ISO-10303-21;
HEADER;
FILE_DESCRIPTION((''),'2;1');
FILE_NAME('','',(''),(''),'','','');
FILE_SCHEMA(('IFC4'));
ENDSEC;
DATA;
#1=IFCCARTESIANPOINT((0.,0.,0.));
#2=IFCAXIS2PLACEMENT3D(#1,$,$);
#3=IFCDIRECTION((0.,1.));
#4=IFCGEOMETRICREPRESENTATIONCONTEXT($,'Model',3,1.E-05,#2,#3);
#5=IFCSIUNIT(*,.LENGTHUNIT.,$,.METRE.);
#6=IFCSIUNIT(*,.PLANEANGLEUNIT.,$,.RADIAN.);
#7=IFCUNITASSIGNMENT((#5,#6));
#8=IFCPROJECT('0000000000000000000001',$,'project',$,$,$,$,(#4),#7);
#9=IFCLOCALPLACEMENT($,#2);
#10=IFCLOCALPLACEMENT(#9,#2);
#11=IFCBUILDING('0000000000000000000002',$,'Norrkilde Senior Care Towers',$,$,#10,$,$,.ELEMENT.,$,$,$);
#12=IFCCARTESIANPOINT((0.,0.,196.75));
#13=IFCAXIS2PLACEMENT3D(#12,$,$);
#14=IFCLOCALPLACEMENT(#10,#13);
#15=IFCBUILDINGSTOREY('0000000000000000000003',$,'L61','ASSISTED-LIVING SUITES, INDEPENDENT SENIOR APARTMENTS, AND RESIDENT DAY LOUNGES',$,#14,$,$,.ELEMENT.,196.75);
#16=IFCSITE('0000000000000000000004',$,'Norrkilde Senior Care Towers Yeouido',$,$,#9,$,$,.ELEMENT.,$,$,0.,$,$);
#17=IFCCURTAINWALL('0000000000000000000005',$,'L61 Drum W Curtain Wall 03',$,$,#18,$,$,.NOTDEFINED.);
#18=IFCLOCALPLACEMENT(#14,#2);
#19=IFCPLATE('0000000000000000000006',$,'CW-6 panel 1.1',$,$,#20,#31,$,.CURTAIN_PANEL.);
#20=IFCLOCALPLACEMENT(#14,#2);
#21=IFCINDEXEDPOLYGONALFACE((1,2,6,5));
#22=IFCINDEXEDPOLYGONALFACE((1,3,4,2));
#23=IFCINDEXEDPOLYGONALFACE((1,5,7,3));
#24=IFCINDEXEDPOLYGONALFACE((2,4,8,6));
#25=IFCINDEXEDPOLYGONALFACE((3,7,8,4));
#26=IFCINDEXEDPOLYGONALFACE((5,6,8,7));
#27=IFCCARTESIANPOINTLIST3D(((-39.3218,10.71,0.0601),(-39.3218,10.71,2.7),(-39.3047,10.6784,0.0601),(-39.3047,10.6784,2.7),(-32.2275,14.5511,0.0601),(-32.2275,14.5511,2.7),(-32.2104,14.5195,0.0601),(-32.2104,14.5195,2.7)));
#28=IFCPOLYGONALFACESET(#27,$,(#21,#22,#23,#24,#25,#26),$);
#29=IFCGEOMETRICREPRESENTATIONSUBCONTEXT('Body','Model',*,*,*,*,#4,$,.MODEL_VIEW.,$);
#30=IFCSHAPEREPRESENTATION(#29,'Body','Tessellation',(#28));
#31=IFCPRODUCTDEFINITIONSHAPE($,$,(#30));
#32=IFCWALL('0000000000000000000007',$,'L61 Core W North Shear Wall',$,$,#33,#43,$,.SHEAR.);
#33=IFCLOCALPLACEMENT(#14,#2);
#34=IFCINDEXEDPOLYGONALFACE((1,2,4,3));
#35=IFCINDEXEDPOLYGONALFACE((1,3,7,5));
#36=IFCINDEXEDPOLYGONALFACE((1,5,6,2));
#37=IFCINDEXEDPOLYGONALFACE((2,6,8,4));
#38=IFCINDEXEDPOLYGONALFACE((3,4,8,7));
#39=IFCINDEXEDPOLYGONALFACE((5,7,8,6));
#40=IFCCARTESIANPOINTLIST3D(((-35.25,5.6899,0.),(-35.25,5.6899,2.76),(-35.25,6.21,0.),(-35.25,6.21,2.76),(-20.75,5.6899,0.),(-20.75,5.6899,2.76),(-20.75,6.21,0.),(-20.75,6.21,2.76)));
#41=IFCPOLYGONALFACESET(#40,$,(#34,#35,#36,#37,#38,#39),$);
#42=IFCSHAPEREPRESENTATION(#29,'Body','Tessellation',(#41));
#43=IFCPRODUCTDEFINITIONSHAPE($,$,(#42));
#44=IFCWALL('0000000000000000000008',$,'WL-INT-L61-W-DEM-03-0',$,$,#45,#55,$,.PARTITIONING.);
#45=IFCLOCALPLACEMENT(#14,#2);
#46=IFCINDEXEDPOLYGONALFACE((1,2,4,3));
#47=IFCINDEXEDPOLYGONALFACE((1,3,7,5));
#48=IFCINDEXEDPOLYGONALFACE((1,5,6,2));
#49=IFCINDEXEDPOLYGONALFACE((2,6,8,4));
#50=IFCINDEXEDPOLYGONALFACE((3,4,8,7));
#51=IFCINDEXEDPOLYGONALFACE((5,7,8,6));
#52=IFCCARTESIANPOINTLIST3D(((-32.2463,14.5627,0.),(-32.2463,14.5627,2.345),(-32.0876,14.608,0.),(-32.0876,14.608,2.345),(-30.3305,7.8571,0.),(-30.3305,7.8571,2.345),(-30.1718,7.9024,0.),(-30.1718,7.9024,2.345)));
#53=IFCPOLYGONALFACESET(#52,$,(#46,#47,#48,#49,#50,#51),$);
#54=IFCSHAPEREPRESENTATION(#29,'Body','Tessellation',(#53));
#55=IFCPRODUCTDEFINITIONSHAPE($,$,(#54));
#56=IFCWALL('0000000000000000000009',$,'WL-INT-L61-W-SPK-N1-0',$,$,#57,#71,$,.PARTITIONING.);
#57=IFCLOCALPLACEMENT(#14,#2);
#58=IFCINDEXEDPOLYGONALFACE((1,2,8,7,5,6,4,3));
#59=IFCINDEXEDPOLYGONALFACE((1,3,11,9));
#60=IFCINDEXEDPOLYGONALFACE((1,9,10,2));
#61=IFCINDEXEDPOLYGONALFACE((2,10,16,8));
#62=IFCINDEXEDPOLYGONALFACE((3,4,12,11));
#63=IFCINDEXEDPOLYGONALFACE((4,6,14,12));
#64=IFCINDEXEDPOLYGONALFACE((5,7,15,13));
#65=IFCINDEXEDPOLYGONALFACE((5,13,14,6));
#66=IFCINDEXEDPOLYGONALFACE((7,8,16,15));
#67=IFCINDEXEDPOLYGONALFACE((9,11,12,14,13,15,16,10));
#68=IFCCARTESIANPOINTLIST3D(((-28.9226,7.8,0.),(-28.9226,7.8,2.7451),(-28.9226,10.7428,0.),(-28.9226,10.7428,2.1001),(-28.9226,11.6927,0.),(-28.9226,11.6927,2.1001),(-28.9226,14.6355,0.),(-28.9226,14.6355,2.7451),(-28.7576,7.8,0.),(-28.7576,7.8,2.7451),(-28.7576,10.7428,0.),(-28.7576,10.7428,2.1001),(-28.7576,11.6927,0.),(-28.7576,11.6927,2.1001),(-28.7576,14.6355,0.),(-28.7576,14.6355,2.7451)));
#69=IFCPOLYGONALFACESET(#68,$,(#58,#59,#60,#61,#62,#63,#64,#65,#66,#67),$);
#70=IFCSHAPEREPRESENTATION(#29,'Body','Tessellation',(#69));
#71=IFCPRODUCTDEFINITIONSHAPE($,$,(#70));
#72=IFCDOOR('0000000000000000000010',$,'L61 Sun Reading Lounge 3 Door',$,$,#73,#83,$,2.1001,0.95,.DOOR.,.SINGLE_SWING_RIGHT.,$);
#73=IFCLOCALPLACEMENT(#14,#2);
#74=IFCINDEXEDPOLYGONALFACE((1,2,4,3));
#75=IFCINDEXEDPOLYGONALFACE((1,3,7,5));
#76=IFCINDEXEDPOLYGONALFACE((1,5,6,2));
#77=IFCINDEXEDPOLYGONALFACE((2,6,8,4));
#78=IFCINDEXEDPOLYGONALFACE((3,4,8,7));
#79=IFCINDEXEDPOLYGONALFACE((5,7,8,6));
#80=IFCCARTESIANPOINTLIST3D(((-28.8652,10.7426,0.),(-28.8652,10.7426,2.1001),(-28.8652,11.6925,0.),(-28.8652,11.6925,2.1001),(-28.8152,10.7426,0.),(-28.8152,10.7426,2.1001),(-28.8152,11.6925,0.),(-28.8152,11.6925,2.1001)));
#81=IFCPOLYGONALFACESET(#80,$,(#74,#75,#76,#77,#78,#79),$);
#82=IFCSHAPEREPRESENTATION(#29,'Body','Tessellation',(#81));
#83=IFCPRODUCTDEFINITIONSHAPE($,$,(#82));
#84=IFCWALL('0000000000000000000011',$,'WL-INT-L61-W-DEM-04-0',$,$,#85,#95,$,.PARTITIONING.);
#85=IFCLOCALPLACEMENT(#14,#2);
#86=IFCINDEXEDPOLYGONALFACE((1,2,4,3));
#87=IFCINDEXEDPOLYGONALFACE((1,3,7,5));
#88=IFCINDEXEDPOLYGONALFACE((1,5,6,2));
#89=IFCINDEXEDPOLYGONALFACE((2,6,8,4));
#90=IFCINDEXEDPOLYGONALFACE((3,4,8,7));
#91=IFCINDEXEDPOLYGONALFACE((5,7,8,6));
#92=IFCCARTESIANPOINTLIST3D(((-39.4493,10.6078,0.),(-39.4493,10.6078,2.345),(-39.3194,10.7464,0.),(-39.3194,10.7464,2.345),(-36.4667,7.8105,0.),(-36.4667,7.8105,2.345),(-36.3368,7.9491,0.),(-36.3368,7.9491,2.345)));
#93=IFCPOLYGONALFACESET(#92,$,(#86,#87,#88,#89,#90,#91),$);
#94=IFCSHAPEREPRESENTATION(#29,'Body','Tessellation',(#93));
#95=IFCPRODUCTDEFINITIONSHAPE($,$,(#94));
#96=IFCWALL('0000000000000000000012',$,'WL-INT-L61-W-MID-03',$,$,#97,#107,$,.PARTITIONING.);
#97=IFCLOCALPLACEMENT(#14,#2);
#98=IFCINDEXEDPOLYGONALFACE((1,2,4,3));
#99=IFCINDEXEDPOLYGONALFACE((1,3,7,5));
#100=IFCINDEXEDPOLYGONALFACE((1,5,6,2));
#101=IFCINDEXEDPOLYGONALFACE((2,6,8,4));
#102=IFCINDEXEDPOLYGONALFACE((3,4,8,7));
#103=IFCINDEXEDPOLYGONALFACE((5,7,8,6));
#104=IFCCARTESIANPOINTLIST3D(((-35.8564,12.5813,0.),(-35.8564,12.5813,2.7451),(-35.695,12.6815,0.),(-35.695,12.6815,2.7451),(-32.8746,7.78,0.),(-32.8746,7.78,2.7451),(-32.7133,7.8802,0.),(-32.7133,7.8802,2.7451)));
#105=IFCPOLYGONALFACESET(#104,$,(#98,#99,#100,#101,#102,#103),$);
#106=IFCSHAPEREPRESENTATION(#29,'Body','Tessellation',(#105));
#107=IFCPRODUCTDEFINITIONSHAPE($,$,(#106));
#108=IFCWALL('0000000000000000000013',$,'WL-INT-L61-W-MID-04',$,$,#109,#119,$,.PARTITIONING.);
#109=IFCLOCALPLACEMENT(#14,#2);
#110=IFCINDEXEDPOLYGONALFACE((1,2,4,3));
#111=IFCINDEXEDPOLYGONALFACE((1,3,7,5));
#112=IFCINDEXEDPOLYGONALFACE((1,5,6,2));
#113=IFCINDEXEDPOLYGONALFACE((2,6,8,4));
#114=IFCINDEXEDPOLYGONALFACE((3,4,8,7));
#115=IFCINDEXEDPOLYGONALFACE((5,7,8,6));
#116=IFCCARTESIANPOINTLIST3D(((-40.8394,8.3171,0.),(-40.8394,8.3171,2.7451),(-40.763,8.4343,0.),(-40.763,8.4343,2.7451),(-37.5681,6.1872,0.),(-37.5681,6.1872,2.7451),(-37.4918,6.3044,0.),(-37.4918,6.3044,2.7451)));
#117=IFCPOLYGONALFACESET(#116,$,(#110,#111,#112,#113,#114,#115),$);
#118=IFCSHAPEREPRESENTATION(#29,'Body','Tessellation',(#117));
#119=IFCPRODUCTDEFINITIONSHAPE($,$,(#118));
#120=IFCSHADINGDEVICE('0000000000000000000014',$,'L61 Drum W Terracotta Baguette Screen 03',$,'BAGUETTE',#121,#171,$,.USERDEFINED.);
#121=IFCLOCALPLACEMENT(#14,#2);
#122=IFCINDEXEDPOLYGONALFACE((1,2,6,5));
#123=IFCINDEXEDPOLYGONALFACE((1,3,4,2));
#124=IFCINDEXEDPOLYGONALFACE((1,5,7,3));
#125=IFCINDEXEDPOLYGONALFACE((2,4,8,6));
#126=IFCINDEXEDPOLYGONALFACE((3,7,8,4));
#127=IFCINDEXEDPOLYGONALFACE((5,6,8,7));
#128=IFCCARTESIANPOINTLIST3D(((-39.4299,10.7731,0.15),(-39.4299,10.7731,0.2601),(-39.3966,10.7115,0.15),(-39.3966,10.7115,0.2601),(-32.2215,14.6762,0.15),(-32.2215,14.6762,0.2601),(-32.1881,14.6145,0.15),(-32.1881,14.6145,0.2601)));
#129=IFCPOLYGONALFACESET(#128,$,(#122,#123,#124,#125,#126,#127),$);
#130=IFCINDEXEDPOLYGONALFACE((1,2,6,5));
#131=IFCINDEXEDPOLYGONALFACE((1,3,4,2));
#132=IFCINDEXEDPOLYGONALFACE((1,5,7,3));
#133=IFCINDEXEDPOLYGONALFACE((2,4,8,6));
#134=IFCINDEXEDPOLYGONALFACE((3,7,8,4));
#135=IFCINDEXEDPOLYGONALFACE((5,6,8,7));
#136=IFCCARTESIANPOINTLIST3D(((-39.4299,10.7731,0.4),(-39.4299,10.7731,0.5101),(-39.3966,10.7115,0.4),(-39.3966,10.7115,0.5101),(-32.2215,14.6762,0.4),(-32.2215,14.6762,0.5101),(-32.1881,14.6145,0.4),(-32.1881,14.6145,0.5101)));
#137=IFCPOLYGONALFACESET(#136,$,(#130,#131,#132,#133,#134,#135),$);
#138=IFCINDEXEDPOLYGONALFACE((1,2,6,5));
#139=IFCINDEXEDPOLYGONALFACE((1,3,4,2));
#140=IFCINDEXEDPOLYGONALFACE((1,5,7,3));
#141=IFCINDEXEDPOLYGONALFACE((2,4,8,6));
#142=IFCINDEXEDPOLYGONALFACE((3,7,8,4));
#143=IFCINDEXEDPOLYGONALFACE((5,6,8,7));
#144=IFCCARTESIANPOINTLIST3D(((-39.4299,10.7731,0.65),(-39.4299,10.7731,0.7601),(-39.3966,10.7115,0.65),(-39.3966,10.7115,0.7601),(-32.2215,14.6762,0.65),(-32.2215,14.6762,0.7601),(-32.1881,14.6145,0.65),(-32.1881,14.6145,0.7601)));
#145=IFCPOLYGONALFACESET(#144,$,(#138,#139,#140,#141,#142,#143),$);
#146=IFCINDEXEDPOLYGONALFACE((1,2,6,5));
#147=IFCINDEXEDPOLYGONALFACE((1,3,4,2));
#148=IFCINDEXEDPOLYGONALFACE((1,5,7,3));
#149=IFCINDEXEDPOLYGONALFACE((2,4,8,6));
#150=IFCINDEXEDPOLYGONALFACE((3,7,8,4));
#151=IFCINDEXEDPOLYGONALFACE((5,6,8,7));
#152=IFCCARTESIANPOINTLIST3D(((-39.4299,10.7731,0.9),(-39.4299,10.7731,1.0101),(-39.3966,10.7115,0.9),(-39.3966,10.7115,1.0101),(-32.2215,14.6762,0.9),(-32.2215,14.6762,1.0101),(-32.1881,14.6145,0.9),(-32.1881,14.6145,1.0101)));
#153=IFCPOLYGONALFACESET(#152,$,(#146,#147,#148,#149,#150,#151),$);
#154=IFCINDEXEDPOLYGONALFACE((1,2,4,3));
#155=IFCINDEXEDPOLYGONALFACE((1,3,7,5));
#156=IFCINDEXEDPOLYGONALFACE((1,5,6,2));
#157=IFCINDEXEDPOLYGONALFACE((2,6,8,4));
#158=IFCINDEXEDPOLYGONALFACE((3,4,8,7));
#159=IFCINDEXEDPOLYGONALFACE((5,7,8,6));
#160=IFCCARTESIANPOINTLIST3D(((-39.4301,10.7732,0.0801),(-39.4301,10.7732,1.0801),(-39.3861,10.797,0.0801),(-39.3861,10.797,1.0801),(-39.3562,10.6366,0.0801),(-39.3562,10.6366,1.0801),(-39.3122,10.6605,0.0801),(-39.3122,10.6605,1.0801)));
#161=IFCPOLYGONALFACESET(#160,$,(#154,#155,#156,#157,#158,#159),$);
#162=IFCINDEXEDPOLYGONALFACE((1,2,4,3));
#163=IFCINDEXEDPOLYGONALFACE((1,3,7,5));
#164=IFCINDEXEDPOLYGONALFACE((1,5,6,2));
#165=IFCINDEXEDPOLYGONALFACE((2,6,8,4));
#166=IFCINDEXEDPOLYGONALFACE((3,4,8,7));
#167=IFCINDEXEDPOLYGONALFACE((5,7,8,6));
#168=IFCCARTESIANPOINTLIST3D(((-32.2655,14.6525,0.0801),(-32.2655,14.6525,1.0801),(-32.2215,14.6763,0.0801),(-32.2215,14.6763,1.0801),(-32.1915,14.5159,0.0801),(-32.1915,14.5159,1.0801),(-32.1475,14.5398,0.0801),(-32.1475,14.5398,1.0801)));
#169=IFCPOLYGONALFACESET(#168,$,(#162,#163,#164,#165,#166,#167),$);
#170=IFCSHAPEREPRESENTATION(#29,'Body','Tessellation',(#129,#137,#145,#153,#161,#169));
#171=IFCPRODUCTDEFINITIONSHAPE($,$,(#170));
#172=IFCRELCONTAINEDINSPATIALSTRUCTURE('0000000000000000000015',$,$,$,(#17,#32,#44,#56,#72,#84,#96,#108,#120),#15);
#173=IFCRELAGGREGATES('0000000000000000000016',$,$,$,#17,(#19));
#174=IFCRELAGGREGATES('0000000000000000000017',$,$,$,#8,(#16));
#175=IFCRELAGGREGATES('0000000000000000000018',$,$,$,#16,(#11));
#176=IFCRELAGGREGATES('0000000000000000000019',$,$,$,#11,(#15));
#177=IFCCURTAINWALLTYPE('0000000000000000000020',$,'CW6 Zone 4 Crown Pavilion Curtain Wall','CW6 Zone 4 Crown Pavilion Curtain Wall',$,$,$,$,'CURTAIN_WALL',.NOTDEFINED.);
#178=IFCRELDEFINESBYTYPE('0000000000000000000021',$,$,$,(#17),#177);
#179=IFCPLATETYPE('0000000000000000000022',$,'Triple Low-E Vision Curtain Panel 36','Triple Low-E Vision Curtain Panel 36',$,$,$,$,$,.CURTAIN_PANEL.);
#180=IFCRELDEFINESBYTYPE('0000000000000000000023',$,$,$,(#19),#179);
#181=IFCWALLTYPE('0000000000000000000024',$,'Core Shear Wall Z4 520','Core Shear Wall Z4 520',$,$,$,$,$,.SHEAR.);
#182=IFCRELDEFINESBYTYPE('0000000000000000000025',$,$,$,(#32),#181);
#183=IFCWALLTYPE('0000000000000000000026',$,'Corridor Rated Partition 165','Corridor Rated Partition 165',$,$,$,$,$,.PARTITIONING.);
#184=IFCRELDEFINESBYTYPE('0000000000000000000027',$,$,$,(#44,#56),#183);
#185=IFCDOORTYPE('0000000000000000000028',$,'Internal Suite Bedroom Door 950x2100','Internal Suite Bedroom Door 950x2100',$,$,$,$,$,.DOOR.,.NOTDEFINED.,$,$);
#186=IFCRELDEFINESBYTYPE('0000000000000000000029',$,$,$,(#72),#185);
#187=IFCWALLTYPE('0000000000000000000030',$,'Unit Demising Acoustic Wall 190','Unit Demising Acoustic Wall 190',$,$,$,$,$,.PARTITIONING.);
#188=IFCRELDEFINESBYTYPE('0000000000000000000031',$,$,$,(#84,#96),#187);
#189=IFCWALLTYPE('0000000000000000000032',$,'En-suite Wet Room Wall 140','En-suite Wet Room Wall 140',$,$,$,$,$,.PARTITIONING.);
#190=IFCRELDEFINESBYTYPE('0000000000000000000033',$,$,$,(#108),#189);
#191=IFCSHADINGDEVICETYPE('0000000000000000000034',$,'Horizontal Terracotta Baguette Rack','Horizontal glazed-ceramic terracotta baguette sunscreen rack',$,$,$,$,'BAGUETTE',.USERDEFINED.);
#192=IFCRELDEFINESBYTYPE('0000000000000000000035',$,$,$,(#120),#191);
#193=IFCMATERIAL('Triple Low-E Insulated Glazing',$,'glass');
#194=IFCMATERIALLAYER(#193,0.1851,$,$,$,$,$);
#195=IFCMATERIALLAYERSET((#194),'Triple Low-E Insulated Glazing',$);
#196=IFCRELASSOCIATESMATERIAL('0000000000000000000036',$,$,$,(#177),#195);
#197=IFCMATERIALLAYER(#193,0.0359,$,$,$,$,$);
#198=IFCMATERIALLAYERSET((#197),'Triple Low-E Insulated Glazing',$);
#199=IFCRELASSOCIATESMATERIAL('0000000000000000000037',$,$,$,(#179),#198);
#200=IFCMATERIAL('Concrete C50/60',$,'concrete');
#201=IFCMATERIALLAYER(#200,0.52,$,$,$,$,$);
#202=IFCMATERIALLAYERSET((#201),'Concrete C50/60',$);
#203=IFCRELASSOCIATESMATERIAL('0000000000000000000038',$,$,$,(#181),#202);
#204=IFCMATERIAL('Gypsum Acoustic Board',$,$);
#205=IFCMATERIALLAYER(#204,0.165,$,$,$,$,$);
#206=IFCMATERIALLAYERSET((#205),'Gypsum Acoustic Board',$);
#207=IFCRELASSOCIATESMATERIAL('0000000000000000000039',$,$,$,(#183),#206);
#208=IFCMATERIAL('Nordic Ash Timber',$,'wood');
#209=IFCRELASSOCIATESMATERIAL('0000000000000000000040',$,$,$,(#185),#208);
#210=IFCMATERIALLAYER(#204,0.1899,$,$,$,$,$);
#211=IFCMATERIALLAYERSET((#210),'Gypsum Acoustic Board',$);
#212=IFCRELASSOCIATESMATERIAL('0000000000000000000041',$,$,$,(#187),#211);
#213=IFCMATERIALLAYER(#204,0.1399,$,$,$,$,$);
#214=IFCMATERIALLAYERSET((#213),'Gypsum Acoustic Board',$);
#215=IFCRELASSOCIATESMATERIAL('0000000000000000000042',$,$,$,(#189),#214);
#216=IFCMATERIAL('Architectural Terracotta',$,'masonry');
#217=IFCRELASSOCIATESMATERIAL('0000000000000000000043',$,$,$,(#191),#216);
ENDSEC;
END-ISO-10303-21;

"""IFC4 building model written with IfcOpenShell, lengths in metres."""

from ifc_helpers import new_model, si_unit, direction, frame, frame_2d, origin, origin_2d, place, context, subcontext, project, spatial, rectangle, extrude, source, transform, mapped, material, layer, layer_set, type_object, type_shapes, element, fill, aggregate, save


model = new_model("IFC4")

# Units and contexts
model_context = context("Model", 3, precision=1e-05, world=origin(), true_north=direction((0.0, 1.0)))
body_context = subcontext(model_context, "Body", "Model", "MODEL_VIEW")
ifc_project = project(units=[si_unit("LENGTHUNIT", "METRE"), si_unit("PLANEANGLEUNIT", "RADIAN")], contexts=[model_context])

# Site, building, storey
site_placement = place(None, origin())
site = spatial("IfcSite", under=ifc_project, at=site_placement, Name="Norrkilde Senior Care Towers Yeouido", CompositionType="ELEMENT", RefElevation=0.0)
building_placement = place(site_placement, origin())
building = spatial("IfcBuilding", under=site, at=building_placement, Name="Norrkilde Senior Care Towers", CompositionType="ELEMENT")
storey_placement = place(building_placement, frame((0.0, 0.0, 196.75)))
storey = spatial("IfcBuildingStorey", under=building, at=storey_placement, Name="L61", Description="ASSISTED-LIVING SUITES, INDEPENDENT SENIOR APARTMENTS, AND RESIDENT DAY LOUNGES", CompositionType="ELEMENT", Elevation=196.75)

# Shared definitions
ifc_material_1 = material(Name="Concrete C50/60", Category="concrete")

# Curtain wall
ifc_material_2 = material(Name="Triple Low-E Insulated Glazing", Category="glass")
ifc_layer_1 = layer(ifc_material_2, 0.1851)
ifc_layer_set_1 = layer_set([ifc_layer_1], Name="Triple Low-E Insulated Glazing")
curtain_wall_type = type_object("IfcCurtainWallType", Name="CW6 Zone 4 Crown Pavilion Curtain Wall", Description="CW6 Zone 4 Crown Pavilion Curtain Wall", ElementType="CURTAIN_WALL", PredefinedType="NOTDEFINED", material=ifc_layer_set_1)
curtain_wall_1_placement = place(storey_placement, origin())
curtain_wall_1 = element("IfcCurtainWall", 1, at=curtain_wall_1_placement, inside=storey, type_object=curtain_wall_type, Name="L61 Drum W Curtain Wall 03", PredefinedType="NOTDEFINED")

# Shared definitions
ifc_layer_2 = layer(ifc_material_2, 0.0359)
ifc_layer_set_2 = layer_set([ifc_layer_2], Name="Triple Low-E Insulated Glazing")
plate_type = type_object("IfcPlateType", Name="Triple Low-E Vision Curtain Panel 36", Description="Triple Low-E Vision Curtain Panel 36", PredefinedType="CURTAIN_PANEL", material=ifc_layer_set_2)

# Plate
shared_shape_1 = source(origin(), body_context, "Body", "SweptSolid", [
    extrude(rectangle(XDim=8.0674, YDim=0.0359, at=origin_2d()), origin(), (0.0, 0.0, 1.0), 2.6399),
])
plate_1_placement = place(storey_placement, frame((-35.7661, 12.6147, 0.0601), z_axis=(0.0, 0.0, 1.0), x_axis=(0.879373, 0.476133, 0.0)))
plate_1 = element("IfcPlate", 2, at=plate_1_placement, type_object=plate_type, Name="CW-6 panel 1.1", PredefinedType="CURTAIN_PANEL", context=body_context, shape_type="MappedRepresentation", body=[
    mapped(shared_shape_1, transform((0.0, 0.0, 0.0), x_axis=(1.0, 0.0, 0.0), y_axis=(0.0, 1.0, 0.0), z_axis=(0.0, 0.0, 1.0), scale=1.0)),
])
aggregate(curtain_wall_1, [plate_1])

# Wall
ifc_layer_3 = layer(ifc_material_1, 0.52)
ifc_layer_set_3 = layer_set([ifc_layer_3], Name="Concrete C50/60")
wall_type_1 = type_object("IfcWallType", Name="Core Shear Wall Z4 520", Description="Core Shear Wall Z4 520", PredefinedType="SHEAR", material=ifc_layer_set_3)
shared_shape_2 = source(origin(), body_context, "Body", "SweptSolid", [
    extrude(rectangle(XDim=14.5, YDim=0.52, at=frame_2d((7.25, 0.0))), origin(), (0.0, 0.0, 1.0), 2.76),
])
type_shapes(wall_type_1, [shared_shape_2])
wall_1_placement = place(storey_placement, frame((-35.25, 5.95, 0.0), z_axis=(0.0, 0.0, 1.0), x_axis=(1.0, 0.0, 0.0)))
element("IfcWall", 3, at=wall_1_placement, inside=storey, type_object=wall_type_1, Name="L61 Core W North Shear Wall", PredefinedType="SHEAR", context=body_context, shape_type="MappedRepresentation", body=[
    mapped(shared_shape_2, transform((0.0, 0.0, 0.0), x_axis=(1.0, 0.0, 0.0), y_axis=(0.0, 1.0, 0.0), z_axis=(0.0, 0.0, 1.0), scale=1.0)),
])

# Shared definitions
ifc_material_3 = material(Name="Gypsum Acoustic Board")
ifc_layer_4 = layer(ifc_material_3, 0.165)
ifc_layer_set_4 = layer_set([ifc_layer_4], Name="Gypsum Acoustic Board")
wall_type_2 = type_object("IfcWallType", Name="Corridor Rated Partition 165", Description="Corridor Rated Partition 165", PredefinedType="PARTITIONING", material=ifc_layer_set_4)
ifc_material_4 = material(Name="Nordic Ash Timber", Category="wood")

# Wall
shared_shape_3 = source(origin(), body_context, "Body", "SweptSolid", [
    extrude(rectangle(XDim=6.9739, YDim=0.165, at=frame_2d((3.4868, 0.0))), origin(), (0.0, 0.0, 1.0), 2.345),
])
wall_2_placement = place(storey_placement, frame((-30.2512, 7.8799, 0.0), z_axis=(0.0, 0.0, 1.0), x_axis=(-0.274707, 0.961528, 0.0)))
element("IfcWall", 4, at=wall_2_placement, inside=storey, type_object=wall_type_2, Name="WL-INT-L61-W-DEM-03-0", PredefinedType="PARTITIONING", context=body_context, shape_type="MappedRepresentation", body=[
    mapped(shared_shape_3, transform((0.0, 0.0, 0.0), x_axis=(1.0, 0.0, 0.0), y_axis=(0.0, 1.0, 0.0), z_axis=(0.0, 0.0, 1.0), scale=1.0)),
])

# Wall, opening, door
shared_shape_4 = source(origin(), body_context, "Body", "SweptSolid", [
    extrude(rectangle(XDim=6.8354, YDim=0.165, at=frame_2d((3.4177, 0.0))), origin(), (0.0, 0.0, 1.0), 2.7451),
])
wall_3_placement = place(storey_placement, frame((-28.8401, 7.8, 0.0), z_axis=(0.0, 0.0, 1.0), x_axis=(0.0, 1.0, 0.0)))
wall_3 = element("IfcWall", 5, at=wall_3_placement, inside=storey, type_object=wall_type_2, Name="WL-INT-L61-W-SPK-N1-0", PredefinedType="PARTITIONING", context=body_context, shape_type="MappedRepresentation", body=[
    mapped(shared_shape_4, transform((0.0, 0.0, 0.0), x_axis=(1.0, 0.0, 0.0), y_axis=(0.0, 1.0, 0.0), z_axis=(0.0, 0.0, 1.0), scale=1.0)),
])
opening_1_placement = place(wall_3_placement, frame((2.9426, 0.0, 0.0)))
opening_1 = element("IfcOpeningElement", 6, at=opening_1_placement, cuts=wall_3, PredefinedType="OPENING", context=body_context, shape_type="SweptSolid", body=[
    extrude(rectangle(XDim=0.95, YDim=2.1001, at=frame_2d((0.4751, 1.05))), frame((0.0, 0.0925, 0.0), z_axis=(0.0, -1.0, 0.0), x_axis=(1.0, 0.0, 0.0)), (0.0, 0.0, 1.0), 0.1851),
])
door_type_1 = type_object("IfcDoorType", Name="Internal Suite Bedroom Door 950x2100", Description="Internal Suite Bedroom Door 950x2100", OperationType="NOTDEFINED", PredefinedType="DOOR", material=ifc_material_4)
shared_shape_5 = source(origin(), body_context, "Body", "SweptSolid", [
    extrude(rectangle(XDim=0.95, YDim=2.1001, at=frame_2d((0.4751, 1.05))), frame((0.0, 0.0249, 0.0), z_axis=(0.0, -1.0, 0.0), x_axis=(1.0, 0.0, 0.0)), (0.0, 0.0, 1.0), 0.05),
])
type_shapes(door_type_1, [shared_shape_5])
door_1_placement = place(opening_1_placement, frame((0.95, 0.0, 0.0), z_axis=(0.0, 0.0, 1.0), x_axis=(-1.0, 0.0, 0.0)))
door_1 = element("IfcDoor", 7, at=door_1_placement, inside=storey, type_object=door_type_1, Name="L61 Sun Reading Lounge 3 Door", OperationType="SINGLE_SWING_RIGHT", OverallHeight=2.1001, OverallWidth=0.95, PredefinedType="DOOR", context=body_context, shape_type="MappedRepresentation", body=[
    mapped(shared_shape_5, transform((0.0, 0.0, 0.0), x_axis=(1.0, 0.0, 0.0), y_axis=(0.0, 1.0, 0.0), z_axis=(0.0, 0.0, 1.0), scale=1.0)),
])
fill(opening_1, door_1)

# Walls
ifc_layer_5 = layer(ifc_material_3, 0.1899)
ifc_layer_set_5 = layer_set([ifc_layer_5], Name="Gypsum Acoustic Board")
wall_type_3 = type_object("IfcWallType", Name="Unit Demising Acoustic Wall 190", Description="Unit Demising Acoustic Wall 190", PredefinedType="PARTITIONING", material=ifc_layer_set_5)
shared_shape_6 = source(origin(), body_context, "Body", "SweptSolid", [
    extrude(rectangle(XDim=4.0891, YDim=0.1899, at=frame_2d((2.0444, 0.0))), origin(), (0.0, 0.0, 1.0), 2.345),
])
wall_4_placement = place(storey_placement, frame((-36.4019, 7.8799, 0.0), z_axis=(0.0, 0.0, 1.0), x_axis=(-0.729401, 0.684086, 0.0)))
element("IfcWall", 8, at=wall_4_placement, inside=storey, type_object=wall_type_3, Name="WL-INT-L61-W-DEM-04-0", PredefinedType="PARTITIONING", context=body_context, shape_type="MappedRepresentation", body=[
    mapped(shared_shape_6, transform((0.0, 0.0, 0.0), x_axis=(1.0, 0.0, 0.0), y_axis=(0.0, 1.0, 0.0), z_axis=(0.0, 0.0, 1.0), scale=1.0)),
])
shared_shape_7 = source(origin(), body_context, "Body", "SweptSolid", [
    extrude(rectangle(XDim=5.6519, YDim=0.1899, at=frame_2d((2.8259, 0.0))), origin(), (0.0, 0.0, 1.0), 2.7451),
])
type_shapes(wall_type_3, [shared_shape_6, shared_shape_7])
wall_5_placement = place(storey_placement, frame((-32.7939, 7.8301, 0.0), z_axis=(0.0, 0.0, 1.0), x_axis=(-0.527566, 0.849514, 0.0)))
element("IfcWall", 9, at=wall_5_placement, inside=storey, type_object=wall_type_3, Name="WL-INT-L61-W-MID-03", PredefinedType="PARTITIONING", context=body_context, shape_type="MappedRepresentation", body=[
    mapped(shared_shape_7, transform((0.0, 0.0, 0.0), x_axis=(1.0, 0.0, 0.0), y_axis=(0.0, 1.0, 0.0), z_axis=(0.0, 0.0, 1.0), scale=1.0)),
])
ifc_layer_6 = layer(ifc_material_3, 0.1399)
ifc_layer_set_6 = layer_set([ifc_layer_6], Name="Gypsum Acoustic Board")
wall_type_4 = type_object("IfcWallType", Name="En-suite Wet Room Wall 140", Description="En-suite Wet Room Wall 140", PredefinedType="PARTITIONING", material=ifc_layer_set_6)
shared_shape_8 = source(origin(), body_context, "Body", "SweptSolid", [
    extrude(rectangle(XDim=3.9036, YDim=0.1399, at=frame_2d((1.9517, 0.0))), origin(), (0.0, 0.0, 1.0), 2.7451),
])
type_shapes(wall_type_4, [shared_shape_8])
wall_6_placement = place(storey_placement, frame((-37.53, 6.2458, 0.0), z_axis=(0.0, 0.0, 1.0), x_axis=(-0.838025, 0.545632, 0.0)))
element("IfcWall", 10, at=wall_6_placement, inside=storey, type_object=wall_type_4, Name="WL-INT-L61-W-MID-04", PredefinedType="PARTITIONING", context=body_context, shape_type="MappedRepresentation", body=[
    mapped(shared_shape_8, transform((0.0, 0.0, 0.0), x_axis=(1.0, 0.0, 0.0), y_axis=(0.0, 1.0, 0.0), z_axis=(0.0, 0.0, 1.0), scale=1.0)),
])

# Shading device
ifc_material_5 = material(Name="Architectural Terracotta", Category="masonry")
shading_device_type = type_object("IfcShadingDeviceType", Name="Horizontal Terracotta Baguette Rack", Description="Horizontal glazed-ceramic terracotta baguette sunscreen rack", ElementType="BAGUETTE", PredefinedType="USERDEFINED", material=ifc_material_5)
shared_shape_9 = source(origin(), body_context, "Body", "SweptSolid", [
    extrude(rectangle(XDim=0.0701, YDim=0.1101, at=origin_2d()), frame((0.0, 0.0901, 0.125), z_axis=(1.0, 0.0, 0.0), x_axis=(0.0, 1.0, 0.0)), (0.0, 0.0, 1.0), 8.1973),
    extrude(rectangle(XDim=0.0701, YDim=0.1101, at=origin_2d()), frame((0.0, 0.0901, 0.375), z_axis=(1.0, 0.0, 0.0), x_axis=(0.0, 1.0, 0.0)), (0.0, 0.0, 1.0), 8.1973),
    extrude(rectangle(XDim=0.0701, YDim=0.1101, at=origin_2d()), frame((0.0, 0.0901, 0.625), z_axis=(1.0, 0.0, 0.0), x_axis=(0.0, 1.0, 0.0)), (0.0, 0.0, 1.0), 8.1973),
    extrude(rectangle(XDim=0.0701, YDim=0.1101, at=origin_2d()), frame((0.0, 0.0901, 0.875), z_axis=(1.0, 0.0, 0.0), x_axis=(0.0, 1.0, 0.0)), (0.0, 0.0, 1.0), 8.1973),
    extrude(rectangle(XDim=0.05, YDim=0.1553, at=origin_2d()), frame((0.0249, 0.0476, 0.0)), (0.0, 0.0, 1.0), 1.0),
    extrude(rectangle(XDim=0.05, YDim=0.1553, at=origin_2d()), frame((8.1724, 0.0476, 0.0)), (0.0, 0.0, 1.0), 1.0),
])
type_shapes(shading_device_type, [shared_shape_9])
shading_device_placement = place(storey_placement, frame((-39.3704, 10.6631, 0.0801), z_axis=(0.0, 0.0, 1.0), x_axis=(0.879378, 0.476144, 0.0)))
element("IfcShadingDevice", 11, at=shading_device_placement, inside=storey, type_object=shading_device_type, Name="L61 Drum W Terracotta Baguette Screen 03", ObjectType="BAGUETTE", PredefinedType="USERDEFINED", context=body_context, shape_type="MappedRepresentation", body=[
    mapped(shared_shape_9, transform((0.0, 0.0, 0.0), x_axis=(1.0, 0.0, 0.0), y_axis=(0.0, 1.0, 0.0), z_axis=(0.0, 0.0, 1.0), scale=1.0)),
])

save(model, "model.ifc")
